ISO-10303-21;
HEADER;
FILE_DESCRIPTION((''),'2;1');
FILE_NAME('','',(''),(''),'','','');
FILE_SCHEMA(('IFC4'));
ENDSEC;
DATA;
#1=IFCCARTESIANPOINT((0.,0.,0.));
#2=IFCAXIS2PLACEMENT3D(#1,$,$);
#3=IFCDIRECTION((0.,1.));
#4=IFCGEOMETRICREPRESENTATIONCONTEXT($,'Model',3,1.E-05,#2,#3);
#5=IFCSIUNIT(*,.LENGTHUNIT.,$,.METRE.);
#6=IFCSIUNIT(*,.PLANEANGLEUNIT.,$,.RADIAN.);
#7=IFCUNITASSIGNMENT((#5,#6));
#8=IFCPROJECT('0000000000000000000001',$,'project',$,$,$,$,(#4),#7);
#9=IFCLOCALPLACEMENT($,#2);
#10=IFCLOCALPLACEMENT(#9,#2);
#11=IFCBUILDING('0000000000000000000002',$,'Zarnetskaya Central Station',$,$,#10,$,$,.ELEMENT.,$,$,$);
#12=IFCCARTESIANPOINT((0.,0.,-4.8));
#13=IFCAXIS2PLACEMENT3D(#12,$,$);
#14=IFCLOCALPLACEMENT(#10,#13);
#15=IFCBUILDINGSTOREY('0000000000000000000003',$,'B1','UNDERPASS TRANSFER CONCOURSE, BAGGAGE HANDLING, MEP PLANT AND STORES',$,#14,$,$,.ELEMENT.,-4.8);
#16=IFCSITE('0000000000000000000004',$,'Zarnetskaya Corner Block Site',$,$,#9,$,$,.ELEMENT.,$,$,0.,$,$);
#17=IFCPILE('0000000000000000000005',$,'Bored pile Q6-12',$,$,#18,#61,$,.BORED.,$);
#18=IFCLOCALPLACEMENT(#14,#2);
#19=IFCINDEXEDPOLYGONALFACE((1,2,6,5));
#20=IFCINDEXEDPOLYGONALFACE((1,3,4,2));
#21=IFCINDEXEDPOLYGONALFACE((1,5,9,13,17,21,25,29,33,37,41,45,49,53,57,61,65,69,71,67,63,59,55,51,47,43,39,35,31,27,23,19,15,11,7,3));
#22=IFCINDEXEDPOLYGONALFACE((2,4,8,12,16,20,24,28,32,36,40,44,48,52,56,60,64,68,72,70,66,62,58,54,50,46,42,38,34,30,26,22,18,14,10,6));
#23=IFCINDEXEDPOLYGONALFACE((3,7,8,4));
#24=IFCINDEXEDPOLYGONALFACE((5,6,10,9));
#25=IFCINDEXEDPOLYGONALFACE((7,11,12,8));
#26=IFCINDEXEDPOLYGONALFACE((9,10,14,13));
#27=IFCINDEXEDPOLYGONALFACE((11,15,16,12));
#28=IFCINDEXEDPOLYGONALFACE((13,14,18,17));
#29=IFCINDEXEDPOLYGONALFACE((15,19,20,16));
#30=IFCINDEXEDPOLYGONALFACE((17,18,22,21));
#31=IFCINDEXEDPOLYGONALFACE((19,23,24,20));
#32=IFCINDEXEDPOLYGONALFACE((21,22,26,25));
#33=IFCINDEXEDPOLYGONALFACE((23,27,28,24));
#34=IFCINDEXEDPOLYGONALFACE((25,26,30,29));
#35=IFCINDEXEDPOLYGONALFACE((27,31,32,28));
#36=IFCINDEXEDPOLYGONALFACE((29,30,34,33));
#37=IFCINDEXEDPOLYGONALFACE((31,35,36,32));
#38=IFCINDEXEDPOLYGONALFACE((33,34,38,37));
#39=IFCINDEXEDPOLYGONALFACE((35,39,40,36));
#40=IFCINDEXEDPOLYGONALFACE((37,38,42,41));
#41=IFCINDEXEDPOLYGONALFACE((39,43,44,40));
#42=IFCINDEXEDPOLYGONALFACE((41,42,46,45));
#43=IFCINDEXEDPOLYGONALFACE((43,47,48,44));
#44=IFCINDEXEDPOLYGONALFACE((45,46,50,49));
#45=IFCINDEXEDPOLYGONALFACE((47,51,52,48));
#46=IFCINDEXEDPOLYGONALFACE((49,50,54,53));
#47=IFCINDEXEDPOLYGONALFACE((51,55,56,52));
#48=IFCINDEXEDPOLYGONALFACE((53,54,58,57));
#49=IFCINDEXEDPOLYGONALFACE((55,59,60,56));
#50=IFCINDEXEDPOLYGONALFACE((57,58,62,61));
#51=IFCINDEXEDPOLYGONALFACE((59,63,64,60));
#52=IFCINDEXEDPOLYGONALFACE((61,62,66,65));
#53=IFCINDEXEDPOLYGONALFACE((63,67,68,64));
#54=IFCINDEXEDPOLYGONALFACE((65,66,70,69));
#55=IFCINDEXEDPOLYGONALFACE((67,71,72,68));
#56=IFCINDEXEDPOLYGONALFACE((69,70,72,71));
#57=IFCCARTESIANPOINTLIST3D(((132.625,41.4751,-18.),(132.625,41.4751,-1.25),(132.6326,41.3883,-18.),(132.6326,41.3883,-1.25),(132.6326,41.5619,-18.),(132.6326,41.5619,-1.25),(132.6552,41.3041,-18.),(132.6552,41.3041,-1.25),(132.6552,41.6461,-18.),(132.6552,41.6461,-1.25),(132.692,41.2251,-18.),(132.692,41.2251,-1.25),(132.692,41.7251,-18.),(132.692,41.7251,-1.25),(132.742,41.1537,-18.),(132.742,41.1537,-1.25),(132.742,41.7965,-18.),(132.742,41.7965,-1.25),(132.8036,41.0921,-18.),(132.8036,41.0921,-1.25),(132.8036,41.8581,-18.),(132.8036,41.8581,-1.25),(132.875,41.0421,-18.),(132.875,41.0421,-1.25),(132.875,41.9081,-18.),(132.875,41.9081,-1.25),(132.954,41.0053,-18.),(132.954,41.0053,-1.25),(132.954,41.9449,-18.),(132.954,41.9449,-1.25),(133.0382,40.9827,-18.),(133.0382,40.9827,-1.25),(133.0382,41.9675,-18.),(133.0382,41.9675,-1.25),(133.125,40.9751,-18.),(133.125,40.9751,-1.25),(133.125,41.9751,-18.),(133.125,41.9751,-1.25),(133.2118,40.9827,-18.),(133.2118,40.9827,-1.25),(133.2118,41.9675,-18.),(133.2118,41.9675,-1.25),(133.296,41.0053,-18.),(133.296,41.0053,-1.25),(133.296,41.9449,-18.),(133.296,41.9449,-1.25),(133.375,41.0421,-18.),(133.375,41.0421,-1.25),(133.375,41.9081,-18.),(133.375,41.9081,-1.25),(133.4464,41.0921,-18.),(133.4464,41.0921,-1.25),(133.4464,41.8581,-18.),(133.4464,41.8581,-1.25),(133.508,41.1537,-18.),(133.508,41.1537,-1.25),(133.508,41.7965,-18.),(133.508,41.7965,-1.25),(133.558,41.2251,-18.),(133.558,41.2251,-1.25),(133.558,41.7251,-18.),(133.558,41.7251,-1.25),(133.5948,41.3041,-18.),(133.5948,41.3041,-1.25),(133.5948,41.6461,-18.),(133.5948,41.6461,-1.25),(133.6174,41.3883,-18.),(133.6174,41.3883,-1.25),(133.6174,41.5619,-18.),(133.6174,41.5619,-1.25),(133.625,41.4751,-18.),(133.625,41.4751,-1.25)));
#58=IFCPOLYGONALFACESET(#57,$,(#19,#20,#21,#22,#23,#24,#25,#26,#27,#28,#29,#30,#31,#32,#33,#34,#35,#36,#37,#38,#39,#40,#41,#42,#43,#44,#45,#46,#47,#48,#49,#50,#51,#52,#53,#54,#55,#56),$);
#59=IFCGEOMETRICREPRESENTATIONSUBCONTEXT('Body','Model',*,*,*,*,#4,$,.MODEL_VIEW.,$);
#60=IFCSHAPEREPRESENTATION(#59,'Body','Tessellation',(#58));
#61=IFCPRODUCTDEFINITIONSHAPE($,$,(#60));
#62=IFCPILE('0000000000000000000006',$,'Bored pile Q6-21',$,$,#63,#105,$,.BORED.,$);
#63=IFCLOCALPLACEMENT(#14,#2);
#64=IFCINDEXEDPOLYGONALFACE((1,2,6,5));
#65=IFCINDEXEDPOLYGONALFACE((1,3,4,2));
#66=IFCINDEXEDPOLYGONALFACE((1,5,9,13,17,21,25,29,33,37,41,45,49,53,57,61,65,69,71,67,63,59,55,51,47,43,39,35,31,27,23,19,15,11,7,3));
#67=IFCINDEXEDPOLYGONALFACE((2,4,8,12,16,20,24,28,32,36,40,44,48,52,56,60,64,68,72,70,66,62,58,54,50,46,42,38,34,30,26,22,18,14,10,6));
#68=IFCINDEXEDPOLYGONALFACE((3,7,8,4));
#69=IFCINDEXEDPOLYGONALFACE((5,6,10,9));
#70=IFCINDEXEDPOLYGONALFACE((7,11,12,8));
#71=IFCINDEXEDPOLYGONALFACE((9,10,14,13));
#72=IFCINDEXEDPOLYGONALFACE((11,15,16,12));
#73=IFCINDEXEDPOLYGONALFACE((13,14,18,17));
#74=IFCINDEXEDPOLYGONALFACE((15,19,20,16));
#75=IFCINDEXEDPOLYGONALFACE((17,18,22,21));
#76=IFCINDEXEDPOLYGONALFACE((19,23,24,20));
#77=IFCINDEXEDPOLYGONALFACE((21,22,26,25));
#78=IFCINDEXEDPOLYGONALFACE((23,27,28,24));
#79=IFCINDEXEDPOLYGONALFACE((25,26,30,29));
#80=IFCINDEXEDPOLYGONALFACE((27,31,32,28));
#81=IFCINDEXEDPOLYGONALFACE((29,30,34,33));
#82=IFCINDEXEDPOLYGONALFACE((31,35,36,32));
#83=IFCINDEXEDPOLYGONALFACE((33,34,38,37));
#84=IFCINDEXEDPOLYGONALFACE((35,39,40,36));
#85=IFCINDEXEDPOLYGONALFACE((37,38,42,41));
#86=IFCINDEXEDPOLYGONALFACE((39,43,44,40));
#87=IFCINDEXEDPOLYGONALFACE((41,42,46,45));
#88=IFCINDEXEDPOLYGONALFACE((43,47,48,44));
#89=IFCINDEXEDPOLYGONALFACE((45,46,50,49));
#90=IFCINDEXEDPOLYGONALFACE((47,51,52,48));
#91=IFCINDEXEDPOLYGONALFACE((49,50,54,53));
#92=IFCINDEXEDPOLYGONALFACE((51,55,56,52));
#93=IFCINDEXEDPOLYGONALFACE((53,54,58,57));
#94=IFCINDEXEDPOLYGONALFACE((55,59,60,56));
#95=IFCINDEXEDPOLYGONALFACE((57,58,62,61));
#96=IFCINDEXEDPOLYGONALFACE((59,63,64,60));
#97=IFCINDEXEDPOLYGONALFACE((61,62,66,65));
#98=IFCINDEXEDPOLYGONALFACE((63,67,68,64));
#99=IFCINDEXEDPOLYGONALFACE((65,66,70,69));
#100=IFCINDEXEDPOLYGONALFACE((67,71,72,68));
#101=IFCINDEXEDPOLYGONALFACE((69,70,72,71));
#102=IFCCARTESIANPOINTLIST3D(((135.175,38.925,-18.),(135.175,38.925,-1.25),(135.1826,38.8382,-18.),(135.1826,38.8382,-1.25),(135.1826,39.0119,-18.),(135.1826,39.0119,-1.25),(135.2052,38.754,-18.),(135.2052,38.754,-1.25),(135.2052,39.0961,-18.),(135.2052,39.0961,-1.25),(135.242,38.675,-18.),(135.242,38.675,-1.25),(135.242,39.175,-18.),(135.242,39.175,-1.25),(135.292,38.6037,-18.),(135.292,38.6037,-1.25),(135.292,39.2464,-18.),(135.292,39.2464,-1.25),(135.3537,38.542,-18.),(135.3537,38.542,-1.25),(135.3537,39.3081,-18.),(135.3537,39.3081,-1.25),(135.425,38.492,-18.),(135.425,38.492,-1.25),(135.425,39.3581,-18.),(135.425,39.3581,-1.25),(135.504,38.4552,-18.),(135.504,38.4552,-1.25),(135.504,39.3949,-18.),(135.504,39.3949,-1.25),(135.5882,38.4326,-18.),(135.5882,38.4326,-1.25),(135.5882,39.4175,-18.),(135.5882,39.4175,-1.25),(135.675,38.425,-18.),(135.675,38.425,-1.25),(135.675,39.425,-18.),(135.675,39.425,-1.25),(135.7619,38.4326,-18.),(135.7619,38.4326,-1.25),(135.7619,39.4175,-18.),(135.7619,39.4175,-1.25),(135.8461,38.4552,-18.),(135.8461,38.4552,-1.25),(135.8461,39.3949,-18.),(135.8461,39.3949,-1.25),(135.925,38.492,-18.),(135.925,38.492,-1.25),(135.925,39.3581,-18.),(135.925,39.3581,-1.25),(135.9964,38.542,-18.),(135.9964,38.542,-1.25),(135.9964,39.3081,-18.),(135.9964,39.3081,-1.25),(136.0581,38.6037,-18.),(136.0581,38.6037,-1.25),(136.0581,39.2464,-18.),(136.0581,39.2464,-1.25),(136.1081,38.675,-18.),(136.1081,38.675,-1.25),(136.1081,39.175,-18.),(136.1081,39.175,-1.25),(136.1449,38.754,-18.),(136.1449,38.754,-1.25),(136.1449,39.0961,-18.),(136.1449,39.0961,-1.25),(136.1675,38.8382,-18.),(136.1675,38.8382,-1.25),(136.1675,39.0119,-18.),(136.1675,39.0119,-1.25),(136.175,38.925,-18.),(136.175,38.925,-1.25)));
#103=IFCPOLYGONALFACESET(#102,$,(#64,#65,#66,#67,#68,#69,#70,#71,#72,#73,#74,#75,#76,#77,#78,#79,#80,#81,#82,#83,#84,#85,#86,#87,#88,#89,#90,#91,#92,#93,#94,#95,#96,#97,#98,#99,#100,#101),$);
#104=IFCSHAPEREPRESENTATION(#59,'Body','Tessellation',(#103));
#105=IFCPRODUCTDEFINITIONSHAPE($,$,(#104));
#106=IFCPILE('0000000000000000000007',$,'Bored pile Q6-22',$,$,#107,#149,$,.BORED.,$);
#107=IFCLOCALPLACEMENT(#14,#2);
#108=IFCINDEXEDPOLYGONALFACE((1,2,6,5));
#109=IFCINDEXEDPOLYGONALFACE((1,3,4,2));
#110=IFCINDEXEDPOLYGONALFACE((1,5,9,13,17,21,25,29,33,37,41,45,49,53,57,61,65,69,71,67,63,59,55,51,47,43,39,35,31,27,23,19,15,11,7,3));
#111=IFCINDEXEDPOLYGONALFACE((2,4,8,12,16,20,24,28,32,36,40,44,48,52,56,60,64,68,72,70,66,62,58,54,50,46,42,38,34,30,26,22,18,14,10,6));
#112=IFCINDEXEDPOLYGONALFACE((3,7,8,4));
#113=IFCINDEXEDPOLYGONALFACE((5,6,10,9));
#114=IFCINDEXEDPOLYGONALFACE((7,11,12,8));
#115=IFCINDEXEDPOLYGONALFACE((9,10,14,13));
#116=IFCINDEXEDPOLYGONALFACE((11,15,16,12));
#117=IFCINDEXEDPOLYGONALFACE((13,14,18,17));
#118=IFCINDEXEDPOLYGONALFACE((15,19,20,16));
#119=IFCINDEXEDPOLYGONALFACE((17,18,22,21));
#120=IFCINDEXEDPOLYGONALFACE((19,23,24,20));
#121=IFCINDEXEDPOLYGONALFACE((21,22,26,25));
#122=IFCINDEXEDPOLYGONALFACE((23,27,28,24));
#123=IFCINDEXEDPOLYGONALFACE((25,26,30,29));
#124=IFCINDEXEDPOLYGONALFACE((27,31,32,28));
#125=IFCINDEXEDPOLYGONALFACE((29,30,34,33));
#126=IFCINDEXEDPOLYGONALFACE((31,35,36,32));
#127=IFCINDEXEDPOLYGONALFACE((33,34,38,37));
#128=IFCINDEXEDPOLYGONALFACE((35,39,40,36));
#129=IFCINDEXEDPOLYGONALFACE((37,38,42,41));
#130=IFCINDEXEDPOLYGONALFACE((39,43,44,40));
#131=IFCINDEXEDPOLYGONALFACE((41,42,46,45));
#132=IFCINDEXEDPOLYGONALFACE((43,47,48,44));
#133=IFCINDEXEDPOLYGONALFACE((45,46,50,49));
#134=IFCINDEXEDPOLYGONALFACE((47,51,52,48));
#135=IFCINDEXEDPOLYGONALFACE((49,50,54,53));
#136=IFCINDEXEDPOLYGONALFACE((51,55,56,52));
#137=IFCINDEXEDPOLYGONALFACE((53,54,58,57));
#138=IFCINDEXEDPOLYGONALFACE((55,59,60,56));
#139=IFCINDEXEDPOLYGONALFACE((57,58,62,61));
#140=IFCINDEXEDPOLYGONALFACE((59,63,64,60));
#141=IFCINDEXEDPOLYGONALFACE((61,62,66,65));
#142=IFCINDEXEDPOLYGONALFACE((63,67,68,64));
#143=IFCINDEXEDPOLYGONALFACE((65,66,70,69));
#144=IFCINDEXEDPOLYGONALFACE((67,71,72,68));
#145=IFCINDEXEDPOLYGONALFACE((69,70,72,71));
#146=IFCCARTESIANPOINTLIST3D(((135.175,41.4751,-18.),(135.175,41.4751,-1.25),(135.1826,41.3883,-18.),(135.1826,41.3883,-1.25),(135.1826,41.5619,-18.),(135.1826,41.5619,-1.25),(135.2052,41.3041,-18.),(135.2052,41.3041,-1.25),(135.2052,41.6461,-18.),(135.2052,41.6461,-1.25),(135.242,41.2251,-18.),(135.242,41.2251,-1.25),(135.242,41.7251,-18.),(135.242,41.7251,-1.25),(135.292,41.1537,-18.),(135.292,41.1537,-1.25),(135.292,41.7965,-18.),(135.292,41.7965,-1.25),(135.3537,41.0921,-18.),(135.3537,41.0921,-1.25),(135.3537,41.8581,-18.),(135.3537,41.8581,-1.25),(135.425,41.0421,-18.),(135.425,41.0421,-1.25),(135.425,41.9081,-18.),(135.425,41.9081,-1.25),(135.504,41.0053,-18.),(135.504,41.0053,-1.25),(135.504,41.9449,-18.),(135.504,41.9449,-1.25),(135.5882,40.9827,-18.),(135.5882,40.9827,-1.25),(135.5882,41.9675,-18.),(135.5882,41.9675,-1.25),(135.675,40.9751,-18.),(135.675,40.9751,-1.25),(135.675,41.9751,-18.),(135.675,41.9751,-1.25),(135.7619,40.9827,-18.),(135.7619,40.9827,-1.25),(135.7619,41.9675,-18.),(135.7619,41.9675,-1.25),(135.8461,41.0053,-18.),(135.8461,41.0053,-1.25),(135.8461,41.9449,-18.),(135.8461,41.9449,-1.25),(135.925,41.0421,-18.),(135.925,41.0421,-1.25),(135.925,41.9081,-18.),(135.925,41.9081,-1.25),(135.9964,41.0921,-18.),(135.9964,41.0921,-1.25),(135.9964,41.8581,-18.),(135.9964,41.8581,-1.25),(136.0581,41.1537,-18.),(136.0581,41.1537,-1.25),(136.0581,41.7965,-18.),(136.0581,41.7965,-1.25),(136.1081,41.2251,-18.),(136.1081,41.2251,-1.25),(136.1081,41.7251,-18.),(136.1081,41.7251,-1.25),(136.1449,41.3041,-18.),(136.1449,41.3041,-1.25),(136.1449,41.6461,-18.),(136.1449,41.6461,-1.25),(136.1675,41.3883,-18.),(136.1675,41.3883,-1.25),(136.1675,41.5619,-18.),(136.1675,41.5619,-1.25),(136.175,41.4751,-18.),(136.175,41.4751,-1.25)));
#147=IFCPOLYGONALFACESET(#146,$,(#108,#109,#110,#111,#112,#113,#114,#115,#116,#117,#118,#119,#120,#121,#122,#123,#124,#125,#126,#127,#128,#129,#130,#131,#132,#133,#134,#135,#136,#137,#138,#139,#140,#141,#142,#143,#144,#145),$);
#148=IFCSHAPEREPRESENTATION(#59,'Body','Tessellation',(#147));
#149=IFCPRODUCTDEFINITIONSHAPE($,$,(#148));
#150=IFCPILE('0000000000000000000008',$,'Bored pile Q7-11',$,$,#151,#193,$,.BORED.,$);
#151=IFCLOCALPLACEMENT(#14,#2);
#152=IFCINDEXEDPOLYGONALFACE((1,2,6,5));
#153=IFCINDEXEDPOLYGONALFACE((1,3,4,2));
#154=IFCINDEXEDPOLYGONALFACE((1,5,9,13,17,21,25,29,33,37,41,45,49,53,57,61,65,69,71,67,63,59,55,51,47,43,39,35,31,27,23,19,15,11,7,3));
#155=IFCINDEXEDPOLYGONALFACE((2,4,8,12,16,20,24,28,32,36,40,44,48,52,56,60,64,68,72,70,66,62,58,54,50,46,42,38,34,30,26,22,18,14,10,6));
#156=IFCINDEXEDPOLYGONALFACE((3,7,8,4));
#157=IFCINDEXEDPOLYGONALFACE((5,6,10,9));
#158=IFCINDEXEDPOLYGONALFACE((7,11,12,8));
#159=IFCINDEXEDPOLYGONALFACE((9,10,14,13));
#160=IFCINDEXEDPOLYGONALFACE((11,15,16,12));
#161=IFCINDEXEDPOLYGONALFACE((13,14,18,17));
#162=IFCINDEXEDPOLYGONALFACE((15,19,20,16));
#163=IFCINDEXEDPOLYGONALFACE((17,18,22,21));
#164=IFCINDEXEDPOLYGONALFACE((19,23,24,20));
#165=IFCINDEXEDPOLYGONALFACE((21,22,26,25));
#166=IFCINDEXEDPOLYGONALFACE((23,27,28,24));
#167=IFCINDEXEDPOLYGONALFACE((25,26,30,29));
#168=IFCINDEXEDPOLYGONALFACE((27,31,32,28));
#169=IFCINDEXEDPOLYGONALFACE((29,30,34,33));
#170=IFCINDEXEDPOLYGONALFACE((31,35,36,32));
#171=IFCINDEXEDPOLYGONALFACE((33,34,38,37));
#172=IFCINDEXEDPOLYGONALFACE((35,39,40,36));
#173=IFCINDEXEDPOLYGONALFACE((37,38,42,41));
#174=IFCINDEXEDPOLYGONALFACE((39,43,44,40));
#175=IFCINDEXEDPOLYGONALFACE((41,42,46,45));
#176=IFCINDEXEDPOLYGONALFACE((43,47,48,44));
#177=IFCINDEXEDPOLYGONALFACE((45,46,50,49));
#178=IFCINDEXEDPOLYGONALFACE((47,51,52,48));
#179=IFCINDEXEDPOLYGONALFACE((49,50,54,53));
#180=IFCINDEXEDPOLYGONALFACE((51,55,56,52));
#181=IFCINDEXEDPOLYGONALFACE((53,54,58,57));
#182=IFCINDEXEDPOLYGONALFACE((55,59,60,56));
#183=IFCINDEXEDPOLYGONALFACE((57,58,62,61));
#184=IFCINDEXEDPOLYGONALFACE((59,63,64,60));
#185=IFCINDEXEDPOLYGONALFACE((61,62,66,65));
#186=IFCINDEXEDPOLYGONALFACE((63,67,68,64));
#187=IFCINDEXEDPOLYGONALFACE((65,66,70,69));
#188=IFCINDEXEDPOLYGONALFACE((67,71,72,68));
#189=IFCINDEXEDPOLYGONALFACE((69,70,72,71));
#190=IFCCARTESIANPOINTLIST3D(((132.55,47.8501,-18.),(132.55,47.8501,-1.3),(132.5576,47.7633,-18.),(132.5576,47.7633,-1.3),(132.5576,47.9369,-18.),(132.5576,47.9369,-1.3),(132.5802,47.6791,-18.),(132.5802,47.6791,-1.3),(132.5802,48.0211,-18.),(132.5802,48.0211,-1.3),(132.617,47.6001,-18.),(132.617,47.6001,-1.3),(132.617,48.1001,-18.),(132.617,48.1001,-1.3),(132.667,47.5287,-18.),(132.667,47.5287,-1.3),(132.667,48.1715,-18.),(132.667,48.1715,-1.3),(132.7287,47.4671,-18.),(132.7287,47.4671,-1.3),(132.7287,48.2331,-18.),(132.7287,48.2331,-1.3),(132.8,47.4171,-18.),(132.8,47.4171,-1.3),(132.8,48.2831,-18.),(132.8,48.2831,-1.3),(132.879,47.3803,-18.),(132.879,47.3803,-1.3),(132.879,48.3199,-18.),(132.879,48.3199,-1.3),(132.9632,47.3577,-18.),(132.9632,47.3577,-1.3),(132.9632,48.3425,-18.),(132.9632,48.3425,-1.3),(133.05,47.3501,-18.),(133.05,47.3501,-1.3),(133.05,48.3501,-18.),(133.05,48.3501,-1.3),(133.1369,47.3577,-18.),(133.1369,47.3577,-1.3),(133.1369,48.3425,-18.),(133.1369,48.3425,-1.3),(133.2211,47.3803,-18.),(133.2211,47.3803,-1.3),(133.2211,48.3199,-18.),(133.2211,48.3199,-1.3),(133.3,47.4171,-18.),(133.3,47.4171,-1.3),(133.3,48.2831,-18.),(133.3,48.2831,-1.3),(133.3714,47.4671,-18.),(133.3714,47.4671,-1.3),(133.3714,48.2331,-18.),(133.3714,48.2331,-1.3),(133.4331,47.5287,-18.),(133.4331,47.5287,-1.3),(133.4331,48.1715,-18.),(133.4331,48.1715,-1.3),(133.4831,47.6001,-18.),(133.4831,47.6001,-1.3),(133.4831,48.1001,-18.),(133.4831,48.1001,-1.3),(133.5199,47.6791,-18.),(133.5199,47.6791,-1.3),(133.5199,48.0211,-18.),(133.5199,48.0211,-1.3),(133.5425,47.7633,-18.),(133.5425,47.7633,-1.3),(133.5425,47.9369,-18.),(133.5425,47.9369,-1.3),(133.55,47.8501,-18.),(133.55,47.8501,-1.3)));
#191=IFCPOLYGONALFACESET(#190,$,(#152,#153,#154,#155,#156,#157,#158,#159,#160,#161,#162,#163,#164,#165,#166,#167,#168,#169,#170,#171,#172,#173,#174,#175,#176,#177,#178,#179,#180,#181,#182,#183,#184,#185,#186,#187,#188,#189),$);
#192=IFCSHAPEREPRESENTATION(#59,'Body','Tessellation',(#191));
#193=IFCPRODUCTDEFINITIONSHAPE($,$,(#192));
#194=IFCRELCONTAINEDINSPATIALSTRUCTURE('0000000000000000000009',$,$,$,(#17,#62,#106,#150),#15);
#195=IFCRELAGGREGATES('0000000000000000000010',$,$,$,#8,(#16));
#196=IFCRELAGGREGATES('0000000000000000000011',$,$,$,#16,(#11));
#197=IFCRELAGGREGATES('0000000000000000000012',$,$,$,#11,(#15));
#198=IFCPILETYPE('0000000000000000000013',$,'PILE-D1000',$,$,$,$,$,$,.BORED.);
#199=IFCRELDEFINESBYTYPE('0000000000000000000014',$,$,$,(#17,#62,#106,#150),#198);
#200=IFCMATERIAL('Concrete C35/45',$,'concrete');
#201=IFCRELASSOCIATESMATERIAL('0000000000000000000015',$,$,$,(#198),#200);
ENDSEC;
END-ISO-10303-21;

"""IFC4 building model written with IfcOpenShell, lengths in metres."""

from ifc_helpers import new_model, si_unit, direction, frame, origin, origin_2d, place, context, subcontext, project, spatial, circle, extrude, material, material_profile, profile_set, type_object, element, save


model = new_model("IFC4")

# Units and contexts
model_context = context("Model", 3, precision=1e-05, world=origin(), true_north=direction((0.0, 1.0)))
body_context = subcontext(model_context, "Body", "Model", "MODEL_VIEW")
ifc_project = project(units=[si_unit("LENGTHUNIT", "METRE"), si_unit("PLANEANGLEUNIT", "RADIAN")], contexts=[model_context])

# Site, building, storey
site_placement = place(None, origin())
site = spatial("IfcSite", under=ifc_project, at=site_placement, Name="Zarnetskaya Corner Block Site", CompositionType="ELEMENT", RefElevation=0.0)
building_placement = place(site_placement, origin())
building = spatial("IfcBuilding", under=site, at=building_placement, Name="Zarnetskaya Central Station", CompositionType="ELEMENT")
storey_placement = place(building_placement, frame((0.0, 0.0, -4.8)))
storey = spatial("IfcBuildingStorey", under=building, at=storey_placement, Name="B1", Description="UNDERPASS TRANSFER CONCOURSE, BAGGAGE HANDLING, MEP PLANT AND STORES", CompositionType="ELEMENT", Elevation=-4.8)

# Shared definitions
ifc_material = material(Name="Concrete C35/45", Category="concrete")

# Piles
ifc_material_profile_1 = material_profile(ifc_material, circle(Radius=0.5, at=origin_2d()), Name="BORED PILE D1000")
ifc_profile_set_1 = profile_set([ifc_material_profile_1], Name="Concrete C35/45")
pile_type = type_object("IfcPileType", Name="PILE-D1000", PredefinedType="BORED", material=ifc_profile_set_1)
for number, where, z_axis, x_axis, name in (
    (1, (133.125, 41.4751, -1.25), (0.0, 0.0, -1.0), (1.0, 0.0, 0.0), "Bored pile Q6-12"),
    (2, (135.675, 38.925, -1.25), (0.0, 0.0, -1.0), (1.0, 0.0, 0.0), "Bored pile Q6-21"),
    (3, (135.675, 41.4751, -1.25), (0.0, 0.0, -1.0), (1.0, 0.0, 0.0), "Bored pile Q6-22"),
):
    element("IfcPile", number, at=place(storey_placement, frame(where, z_axis=z_axis, x_axis=x_axis)), inside=storey, type_object=pile_type, Name=name, PredefinedType="BORED", context=body_context, shape_type="SweptSolid", body=[
        extrude(circle(Radius=0.5, at=origin_2d()), origin(), (0.0, 0.0, 1.0), 16.75),
    ])
for number, where, z_axis, x_axis, name in (
    (4, (133.05, 47.8501, -1.3), (0.0, 0.0, -1.0), (1.0, 0.0, 0.0), "Bored pile Q7-11"),
):
    element("IfcPile", number, at=place(storey_placement, frame(where, z_axis=z_axis, x_axis=x_axis)), inside=storey, type_object=pile_type, Name=name, PredefinedType="BORED", context=body_context, shape_type="SweptSolid", body=[
        extrude(circle(Radius=0.5, at=origin_2d()), origin(), (0.0, 0.0, 1.0), 16.7),
    ])

save(model, "model.ifc")
